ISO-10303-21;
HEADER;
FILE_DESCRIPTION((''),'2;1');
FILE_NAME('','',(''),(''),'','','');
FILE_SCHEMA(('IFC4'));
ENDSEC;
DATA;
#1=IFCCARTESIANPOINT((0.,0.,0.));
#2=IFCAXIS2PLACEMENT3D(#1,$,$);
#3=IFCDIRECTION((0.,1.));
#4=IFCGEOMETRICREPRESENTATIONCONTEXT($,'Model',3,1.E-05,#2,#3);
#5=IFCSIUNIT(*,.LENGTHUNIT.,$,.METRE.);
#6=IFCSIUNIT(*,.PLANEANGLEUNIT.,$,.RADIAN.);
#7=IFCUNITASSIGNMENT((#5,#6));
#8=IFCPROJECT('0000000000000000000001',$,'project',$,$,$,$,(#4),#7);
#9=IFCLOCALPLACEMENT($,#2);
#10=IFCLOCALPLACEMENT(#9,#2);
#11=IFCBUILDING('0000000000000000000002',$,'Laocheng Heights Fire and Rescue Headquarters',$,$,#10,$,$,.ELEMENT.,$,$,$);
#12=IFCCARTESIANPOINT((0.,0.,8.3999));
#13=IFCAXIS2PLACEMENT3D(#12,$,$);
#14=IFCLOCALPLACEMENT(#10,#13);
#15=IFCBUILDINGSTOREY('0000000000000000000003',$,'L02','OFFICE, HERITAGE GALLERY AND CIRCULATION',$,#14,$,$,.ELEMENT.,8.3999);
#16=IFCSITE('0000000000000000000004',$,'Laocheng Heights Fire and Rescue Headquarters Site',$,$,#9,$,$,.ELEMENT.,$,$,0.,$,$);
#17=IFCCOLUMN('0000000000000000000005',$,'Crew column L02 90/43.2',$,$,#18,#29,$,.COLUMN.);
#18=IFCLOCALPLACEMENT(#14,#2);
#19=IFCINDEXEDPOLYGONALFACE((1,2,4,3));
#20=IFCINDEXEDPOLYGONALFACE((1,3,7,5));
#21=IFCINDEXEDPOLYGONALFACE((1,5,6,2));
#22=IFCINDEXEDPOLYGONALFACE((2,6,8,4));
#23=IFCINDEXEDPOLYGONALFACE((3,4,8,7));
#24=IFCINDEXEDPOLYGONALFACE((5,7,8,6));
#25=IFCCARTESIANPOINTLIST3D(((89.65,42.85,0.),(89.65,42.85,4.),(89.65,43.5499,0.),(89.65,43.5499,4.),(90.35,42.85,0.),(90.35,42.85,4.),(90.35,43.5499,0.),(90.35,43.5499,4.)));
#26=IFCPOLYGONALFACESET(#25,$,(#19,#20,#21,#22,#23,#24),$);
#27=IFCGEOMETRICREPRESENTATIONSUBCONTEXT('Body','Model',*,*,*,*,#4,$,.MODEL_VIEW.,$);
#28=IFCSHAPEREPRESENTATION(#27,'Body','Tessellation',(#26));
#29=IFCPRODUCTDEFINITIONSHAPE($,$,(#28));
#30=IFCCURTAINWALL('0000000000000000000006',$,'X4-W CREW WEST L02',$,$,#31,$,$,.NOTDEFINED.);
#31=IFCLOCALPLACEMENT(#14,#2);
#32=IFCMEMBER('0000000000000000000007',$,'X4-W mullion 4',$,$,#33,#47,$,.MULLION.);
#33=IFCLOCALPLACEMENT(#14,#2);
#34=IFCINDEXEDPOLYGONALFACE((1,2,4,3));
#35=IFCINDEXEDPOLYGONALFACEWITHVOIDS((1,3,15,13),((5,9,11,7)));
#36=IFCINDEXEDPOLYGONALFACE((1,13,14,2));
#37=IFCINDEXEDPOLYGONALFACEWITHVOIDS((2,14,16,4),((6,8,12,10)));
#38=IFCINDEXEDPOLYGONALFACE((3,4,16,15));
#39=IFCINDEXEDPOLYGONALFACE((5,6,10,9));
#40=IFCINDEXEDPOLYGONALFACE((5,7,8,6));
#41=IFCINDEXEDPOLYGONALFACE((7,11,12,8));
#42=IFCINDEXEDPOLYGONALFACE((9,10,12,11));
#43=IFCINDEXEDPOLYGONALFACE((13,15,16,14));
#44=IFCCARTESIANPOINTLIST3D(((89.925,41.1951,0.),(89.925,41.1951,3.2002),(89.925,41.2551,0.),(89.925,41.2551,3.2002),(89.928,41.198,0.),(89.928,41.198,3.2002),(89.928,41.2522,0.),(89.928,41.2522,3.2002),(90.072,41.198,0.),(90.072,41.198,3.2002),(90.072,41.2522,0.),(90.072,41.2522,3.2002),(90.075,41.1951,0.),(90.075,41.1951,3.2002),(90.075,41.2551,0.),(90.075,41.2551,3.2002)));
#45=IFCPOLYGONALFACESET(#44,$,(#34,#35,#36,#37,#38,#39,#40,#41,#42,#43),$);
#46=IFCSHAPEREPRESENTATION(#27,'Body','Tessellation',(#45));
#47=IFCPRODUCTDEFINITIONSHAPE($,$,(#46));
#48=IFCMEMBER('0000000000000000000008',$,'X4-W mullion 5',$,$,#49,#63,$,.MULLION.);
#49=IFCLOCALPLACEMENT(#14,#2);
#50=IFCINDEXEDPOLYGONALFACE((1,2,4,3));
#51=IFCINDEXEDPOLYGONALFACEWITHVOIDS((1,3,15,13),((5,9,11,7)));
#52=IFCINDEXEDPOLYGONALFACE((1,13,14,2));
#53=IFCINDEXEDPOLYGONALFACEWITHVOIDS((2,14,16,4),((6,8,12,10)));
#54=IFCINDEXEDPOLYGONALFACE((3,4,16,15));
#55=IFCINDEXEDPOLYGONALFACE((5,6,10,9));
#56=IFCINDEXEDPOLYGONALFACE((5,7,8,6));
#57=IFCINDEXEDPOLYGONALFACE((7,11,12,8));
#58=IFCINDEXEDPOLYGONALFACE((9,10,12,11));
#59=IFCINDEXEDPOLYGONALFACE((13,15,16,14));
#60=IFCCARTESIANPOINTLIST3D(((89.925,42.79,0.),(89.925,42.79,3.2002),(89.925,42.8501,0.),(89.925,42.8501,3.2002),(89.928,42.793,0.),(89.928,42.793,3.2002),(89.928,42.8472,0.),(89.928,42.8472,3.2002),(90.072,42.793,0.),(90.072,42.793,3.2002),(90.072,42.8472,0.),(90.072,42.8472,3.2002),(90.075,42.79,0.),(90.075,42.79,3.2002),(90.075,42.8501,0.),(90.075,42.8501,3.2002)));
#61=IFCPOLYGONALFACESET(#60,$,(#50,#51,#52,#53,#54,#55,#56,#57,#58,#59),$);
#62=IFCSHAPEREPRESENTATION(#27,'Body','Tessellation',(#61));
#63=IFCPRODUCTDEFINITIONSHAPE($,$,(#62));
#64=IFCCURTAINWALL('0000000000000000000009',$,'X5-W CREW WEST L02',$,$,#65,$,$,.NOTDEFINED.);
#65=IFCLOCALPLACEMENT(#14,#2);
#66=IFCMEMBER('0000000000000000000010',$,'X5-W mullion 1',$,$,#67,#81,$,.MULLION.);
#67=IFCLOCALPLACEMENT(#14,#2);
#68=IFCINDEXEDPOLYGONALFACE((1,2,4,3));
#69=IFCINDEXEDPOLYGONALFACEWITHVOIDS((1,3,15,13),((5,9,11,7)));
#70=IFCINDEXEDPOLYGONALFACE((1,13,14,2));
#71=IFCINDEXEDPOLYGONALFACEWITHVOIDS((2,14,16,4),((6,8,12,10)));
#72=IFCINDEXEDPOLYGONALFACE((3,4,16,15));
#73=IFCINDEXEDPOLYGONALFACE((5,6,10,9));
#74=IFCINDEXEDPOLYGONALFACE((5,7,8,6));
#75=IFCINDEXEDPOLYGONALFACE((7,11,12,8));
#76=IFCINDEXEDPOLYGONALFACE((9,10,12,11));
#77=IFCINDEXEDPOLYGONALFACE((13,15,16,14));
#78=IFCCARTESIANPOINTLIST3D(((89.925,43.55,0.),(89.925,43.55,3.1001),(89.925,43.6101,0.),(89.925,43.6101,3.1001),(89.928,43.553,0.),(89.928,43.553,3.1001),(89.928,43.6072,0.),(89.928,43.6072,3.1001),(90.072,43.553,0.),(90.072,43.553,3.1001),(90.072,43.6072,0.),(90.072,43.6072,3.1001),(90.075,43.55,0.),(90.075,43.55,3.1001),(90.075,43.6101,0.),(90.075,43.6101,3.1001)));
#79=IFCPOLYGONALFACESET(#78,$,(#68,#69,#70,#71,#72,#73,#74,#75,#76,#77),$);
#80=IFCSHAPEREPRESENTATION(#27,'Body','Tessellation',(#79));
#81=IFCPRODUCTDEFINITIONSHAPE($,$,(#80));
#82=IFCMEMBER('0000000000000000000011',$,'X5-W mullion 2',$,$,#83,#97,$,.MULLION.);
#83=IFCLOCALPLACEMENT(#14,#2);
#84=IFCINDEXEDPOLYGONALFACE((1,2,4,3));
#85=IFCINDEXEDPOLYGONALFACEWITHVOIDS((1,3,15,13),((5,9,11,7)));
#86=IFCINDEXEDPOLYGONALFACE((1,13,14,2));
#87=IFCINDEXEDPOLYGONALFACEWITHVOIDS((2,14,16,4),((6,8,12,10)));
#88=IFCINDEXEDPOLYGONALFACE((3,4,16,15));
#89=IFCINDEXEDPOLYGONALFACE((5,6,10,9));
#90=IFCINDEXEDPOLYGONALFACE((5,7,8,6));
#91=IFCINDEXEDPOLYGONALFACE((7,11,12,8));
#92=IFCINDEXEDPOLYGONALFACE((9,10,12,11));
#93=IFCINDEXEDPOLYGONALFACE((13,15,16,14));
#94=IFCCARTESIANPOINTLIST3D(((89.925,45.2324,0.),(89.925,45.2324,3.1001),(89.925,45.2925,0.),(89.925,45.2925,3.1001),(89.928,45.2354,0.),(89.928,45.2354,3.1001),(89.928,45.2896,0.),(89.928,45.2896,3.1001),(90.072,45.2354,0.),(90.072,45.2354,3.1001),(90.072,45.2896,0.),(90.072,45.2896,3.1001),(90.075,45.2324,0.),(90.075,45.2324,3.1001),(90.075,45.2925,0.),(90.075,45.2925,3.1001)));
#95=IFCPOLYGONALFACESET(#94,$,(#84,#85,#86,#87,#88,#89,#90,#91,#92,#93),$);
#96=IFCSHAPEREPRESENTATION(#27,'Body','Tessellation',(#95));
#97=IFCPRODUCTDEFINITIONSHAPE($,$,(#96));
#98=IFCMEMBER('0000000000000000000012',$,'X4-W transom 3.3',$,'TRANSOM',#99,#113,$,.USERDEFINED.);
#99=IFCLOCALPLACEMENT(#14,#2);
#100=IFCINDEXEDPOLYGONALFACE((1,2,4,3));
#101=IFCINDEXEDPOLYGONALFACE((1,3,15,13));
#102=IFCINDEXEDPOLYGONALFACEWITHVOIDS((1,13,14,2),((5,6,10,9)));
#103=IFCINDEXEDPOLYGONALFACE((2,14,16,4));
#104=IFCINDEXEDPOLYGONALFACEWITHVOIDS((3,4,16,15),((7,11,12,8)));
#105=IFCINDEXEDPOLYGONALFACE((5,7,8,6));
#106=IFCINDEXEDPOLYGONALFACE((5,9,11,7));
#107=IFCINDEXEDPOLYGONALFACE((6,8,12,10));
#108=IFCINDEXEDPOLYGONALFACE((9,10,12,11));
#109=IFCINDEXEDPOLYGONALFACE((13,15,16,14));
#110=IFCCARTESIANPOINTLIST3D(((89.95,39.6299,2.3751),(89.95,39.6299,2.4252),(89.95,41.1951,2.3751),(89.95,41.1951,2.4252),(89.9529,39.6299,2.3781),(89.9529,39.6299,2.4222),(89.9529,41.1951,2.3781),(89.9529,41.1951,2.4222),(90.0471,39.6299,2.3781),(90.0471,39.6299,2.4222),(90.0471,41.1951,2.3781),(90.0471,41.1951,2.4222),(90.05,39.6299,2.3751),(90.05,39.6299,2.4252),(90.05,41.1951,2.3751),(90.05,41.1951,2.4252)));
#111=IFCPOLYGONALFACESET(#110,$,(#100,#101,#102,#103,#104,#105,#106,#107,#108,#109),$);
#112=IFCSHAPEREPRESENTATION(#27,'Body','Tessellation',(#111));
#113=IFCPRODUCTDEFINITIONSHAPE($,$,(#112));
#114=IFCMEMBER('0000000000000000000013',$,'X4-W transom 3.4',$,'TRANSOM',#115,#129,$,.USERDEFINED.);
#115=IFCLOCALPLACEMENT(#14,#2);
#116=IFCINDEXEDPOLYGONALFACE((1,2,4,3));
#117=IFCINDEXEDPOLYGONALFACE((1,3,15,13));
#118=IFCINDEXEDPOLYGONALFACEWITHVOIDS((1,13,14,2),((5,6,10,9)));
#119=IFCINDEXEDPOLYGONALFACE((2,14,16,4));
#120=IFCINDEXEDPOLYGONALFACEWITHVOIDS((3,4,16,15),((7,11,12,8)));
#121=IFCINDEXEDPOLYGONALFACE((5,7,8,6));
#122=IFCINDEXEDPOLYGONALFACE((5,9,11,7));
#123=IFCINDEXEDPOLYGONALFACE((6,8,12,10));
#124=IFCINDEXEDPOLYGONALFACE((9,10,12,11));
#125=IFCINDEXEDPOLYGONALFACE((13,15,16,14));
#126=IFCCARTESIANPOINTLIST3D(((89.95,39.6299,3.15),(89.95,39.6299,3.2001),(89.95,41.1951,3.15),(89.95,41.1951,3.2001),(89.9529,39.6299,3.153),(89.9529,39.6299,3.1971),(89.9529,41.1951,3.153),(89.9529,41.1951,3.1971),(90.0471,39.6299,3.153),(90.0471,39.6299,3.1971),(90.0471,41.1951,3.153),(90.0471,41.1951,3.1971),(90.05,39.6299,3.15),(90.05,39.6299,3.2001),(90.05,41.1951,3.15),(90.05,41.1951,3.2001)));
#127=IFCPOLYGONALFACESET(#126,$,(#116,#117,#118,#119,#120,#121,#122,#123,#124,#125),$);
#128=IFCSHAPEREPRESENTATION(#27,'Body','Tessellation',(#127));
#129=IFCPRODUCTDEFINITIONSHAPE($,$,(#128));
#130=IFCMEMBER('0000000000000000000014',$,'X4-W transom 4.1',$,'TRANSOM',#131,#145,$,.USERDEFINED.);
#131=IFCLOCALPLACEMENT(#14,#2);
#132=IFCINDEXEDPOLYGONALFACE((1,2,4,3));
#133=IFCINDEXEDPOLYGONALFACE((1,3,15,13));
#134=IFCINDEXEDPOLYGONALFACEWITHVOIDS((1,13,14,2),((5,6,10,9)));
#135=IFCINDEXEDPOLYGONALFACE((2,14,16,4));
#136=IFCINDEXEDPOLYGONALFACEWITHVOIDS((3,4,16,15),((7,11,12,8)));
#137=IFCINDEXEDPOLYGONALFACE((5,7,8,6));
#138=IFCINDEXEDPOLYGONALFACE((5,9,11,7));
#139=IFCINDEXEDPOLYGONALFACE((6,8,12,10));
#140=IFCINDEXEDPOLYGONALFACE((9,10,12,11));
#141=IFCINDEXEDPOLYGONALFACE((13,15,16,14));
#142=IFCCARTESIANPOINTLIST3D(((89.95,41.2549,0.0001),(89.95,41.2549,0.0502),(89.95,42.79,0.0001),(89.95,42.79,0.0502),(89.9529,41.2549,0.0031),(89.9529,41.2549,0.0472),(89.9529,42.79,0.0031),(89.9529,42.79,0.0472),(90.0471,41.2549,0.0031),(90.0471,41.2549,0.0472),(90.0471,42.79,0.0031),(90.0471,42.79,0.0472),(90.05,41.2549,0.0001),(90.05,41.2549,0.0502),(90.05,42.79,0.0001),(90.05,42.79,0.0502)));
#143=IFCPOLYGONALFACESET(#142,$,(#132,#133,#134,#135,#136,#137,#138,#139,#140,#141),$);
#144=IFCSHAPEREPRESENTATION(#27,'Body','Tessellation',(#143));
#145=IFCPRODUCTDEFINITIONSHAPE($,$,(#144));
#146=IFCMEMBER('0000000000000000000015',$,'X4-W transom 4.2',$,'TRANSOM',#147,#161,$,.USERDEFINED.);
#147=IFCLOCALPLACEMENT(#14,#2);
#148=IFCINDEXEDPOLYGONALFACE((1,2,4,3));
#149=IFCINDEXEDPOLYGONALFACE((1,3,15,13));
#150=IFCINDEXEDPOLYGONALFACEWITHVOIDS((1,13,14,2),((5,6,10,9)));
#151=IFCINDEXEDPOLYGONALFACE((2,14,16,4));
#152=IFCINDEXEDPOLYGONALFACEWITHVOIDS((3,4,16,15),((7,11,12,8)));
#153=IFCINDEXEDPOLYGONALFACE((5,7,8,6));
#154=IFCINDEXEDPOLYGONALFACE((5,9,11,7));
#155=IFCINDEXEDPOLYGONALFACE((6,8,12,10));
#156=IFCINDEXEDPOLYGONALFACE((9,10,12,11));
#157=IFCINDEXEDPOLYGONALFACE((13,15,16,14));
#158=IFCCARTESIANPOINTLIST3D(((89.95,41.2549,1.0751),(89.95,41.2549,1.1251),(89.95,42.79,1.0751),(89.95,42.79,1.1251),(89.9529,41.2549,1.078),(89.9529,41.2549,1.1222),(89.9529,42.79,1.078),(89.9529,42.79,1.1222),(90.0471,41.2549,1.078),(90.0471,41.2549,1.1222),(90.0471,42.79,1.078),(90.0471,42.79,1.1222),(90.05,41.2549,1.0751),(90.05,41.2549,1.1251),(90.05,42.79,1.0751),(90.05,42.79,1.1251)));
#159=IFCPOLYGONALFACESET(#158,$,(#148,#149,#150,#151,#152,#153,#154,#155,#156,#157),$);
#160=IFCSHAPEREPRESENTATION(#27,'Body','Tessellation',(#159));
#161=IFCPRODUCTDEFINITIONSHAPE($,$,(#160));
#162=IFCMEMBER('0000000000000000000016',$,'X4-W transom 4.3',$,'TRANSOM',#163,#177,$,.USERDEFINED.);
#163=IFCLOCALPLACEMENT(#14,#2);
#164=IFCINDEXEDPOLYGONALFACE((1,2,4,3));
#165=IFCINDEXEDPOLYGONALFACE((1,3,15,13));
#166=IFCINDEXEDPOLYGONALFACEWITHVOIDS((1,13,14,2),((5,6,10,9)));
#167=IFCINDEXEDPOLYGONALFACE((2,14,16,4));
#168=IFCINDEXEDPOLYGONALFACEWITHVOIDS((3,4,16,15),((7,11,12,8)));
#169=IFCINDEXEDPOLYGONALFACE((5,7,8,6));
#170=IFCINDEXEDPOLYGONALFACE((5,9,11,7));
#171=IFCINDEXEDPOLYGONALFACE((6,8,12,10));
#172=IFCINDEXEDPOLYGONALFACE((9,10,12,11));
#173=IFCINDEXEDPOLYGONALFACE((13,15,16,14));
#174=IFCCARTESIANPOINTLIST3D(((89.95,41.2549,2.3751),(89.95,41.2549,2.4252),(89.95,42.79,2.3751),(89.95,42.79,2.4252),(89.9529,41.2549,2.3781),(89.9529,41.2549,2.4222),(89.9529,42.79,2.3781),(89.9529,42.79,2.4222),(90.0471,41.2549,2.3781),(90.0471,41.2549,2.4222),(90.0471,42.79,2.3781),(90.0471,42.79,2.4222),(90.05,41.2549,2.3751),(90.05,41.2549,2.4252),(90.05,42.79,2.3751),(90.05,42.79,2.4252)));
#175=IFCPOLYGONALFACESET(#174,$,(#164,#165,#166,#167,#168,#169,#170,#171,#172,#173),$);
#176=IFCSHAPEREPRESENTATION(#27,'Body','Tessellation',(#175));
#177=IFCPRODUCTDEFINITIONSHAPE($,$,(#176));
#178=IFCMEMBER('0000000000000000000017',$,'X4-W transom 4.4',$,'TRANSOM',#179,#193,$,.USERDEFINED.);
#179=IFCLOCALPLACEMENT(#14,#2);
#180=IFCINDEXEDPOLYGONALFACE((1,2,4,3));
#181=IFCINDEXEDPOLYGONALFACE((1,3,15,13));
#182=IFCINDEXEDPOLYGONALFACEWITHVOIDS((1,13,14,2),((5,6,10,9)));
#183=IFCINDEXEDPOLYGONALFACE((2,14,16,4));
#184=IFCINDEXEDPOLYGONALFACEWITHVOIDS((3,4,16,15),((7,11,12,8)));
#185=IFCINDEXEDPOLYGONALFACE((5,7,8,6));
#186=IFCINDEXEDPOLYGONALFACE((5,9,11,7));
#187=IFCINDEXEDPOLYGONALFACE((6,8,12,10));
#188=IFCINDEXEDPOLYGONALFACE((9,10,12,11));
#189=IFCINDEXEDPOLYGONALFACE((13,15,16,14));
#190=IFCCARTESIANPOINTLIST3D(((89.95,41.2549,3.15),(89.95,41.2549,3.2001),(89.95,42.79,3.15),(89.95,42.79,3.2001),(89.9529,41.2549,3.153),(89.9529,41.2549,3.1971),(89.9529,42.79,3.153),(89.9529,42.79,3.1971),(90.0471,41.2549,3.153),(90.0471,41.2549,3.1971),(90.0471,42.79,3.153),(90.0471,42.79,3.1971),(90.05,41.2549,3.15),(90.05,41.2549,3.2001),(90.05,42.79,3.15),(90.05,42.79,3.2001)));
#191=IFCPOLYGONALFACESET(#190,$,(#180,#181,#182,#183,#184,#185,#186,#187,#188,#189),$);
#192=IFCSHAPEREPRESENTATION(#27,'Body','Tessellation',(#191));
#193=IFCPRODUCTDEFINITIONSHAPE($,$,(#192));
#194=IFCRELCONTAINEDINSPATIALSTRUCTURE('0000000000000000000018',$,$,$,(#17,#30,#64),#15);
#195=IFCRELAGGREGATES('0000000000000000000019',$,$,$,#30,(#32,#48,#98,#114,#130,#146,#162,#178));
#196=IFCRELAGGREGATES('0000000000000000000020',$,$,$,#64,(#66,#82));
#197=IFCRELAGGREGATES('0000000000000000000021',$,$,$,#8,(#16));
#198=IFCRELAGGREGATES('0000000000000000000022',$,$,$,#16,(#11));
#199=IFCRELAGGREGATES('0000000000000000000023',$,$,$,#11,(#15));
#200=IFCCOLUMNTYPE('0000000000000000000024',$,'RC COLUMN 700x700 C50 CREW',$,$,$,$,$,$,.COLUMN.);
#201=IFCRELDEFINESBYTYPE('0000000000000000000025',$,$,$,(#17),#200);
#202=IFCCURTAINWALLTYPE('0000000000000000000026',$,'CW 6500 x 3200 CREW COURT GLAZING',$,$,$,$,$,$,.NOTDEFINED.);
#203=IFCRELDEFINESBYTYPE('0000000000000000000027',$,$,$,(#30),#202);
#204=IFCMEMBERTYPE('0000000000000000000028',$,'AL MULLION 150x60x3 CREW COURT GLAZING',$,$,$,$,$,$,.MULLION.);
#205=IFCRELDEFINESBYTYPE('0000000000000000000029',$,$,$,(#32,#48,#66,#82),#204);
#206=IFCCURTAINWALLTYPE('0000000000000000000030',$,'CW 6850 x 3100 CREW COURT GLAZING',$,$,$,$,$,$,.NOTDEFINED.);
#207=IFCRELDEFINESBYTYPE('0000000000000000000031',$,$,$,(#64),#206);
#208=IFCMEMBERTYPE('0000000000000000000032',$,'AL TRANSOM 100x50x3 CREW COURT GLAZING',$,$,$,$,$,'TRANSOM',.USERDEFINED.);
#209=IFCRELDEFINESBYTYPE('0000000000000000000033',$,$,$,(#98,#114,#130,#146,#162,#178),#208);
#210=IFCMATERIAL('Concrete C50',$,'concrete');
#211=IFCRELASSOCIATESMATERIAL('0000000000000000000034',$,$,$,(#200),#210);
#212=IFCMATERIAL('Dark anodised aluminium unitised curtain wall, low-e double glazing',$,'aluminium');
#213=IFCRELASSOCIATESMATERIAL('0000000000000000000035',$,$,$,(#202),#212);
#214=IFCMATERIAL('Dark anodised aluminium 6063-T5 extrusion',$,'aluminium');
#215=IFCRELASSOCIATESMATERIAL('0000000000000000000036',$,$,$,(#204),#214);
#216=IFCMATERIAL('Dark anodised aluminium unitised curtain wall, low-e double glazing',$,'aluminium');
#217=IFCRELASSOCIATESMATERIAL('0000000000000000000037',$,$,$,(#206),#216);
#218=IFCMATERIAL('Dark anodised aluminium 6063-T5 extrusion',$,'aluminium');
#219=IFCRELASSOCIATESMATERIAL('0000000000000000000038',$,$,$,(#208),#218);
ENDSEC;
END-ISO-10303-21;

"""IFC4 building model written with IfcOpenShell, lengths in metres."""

from ifc_helpers import new_model, si_unit, direction, frame, origin, origin_2d, place, context, subcontext, project, spatial, rectangle, hollow_rectangle, extrude, material, material_profile, profile_set, type_object, element, aggregate, save


model = new_model("IFC4")

# Units and contexts
model_context = context("Model", 3, precision=1e-05, world=origin(), true_north=direction((0.0, 1.0)))
body_context = subcontext(model_context, "Body", "Model", "MODEL_VIEW")
ifc_project = project(units=[si_unit("LENGTHUNIT", "METRE"), si_unit("PLANEANGLEUNIT", "RADIAN")], contexts=[model_context])

# Site, building, storey
site_placement = place(None, origin())
site = spatial("IfcSite", under=ifc_project, at=site_placement, Name="Laocheng Heights Fire and Rescue Headquarters Site", CompositionType="ELEMENT", RefElevation=0.0)
building_placement = place(site_placement, origin())
building = spatial("IfcBuilding", under=site, at=building_placement, Name="Laocheng Heights Fire and Rescue Headquarters", CompositionType="ELEMENT")
storey_placement = place(building_placement, frame((0.0, 0.0, 8.3999)))
storey = spatial("IfcBuildingStorey", under=building, at=storey_placement, Name="L02", Description="OFFICE, HERITAGE GALLERY AND CIRCULATION", CompositionType="ELEMENT", Elevation=8.3999)

# Column
ifc_material_1 = material(Name="Concrete C50", Category="concrete")
ifc_material_profile_1 = material_profile(ifc_material_1, rectangle(XDim=0.7, YDim=0.7, at=origin_2d()), Name="RC COLUMN 700x700 C50 CREW")
ifc_profile_set_1 = profile_set([ifc_material_profile_1], Name="Concrete C50")
column_type = type_object("IfcColumnType", Name="RC COLUMN 700x700 C50 CREW", PredefinedType="COLUMN", material=ifc_profile_set_1)
column_placement = place(storey_placement, frame((90.0, 43.2, 0.0), z_axis=(0.0, 0.0, 1.0), x_axis=(1.0, 0.0, 0.0)))
element("IfcColumn", 1, at=column_placement, inside=storey, type_object=column_type, Name="Crew column L02 90/43.2", PredefinedType="COLUMN", context=body_context, shape_type="SweptSolid", body=[
    extrude(rectangle(XDim=0.7, YDim=0.7, at=origin_2d()), origin(), (0.0, 0.0, 1.0), 4.0),
])

# Curtain walls, members
ifc_material_2 = material(Name="Dark anodised aluminium unitised curtain wall, low-e double glazing", Category="aluminium")
curtain_wall_type_1 = type_object("IfcCurtainWallType", Name="CW 6500 x 3200 CREW COURT GLAZING", PredefinedType="NOTDEFINED", material=ifc_material_2)
curtain_wall_1_placement = place(storey_placement, origin())
curtain_wall_1 = element("IfcCurtainWall", 2, at=curtain_wall_1_placement, inside=storey, type_object=curtain_wall_type_1, Name="X4-W CREW WEST L02", PredefinedType="NOTDEFINED")
ifc_material_3 = material(Name="Dark anodised aluminium 6063-T5 extrusion", Category="aluminium")
ifc_material_profile_2 = material_profile(ifc_material_3, hollow_rectangle(XDim=0.1499, YDim=0.0601, WallThickness=0.0029, at=origin_2d()), Name="AL MULLION 150x60x3 CREW COURT GLAZING")
ifc_profile_set_2 = profile_set([ifc_material_profile_2], Name="Dark anodised aluminium 6063-T5 extrusion")
member_type_1 = type_object("IfcMemberType", Name="AL MULLION 150x60x3 CREW COURT GLAZING", PredefinedType="MULLION", material=ifc_profile_set_2)
member_1_placement = place(storey_placement, frame((90.0, 41.2251, 0.0), z_axis=(0.0, 0.0, 1.0), x_axis=(-1.0, 0.0, 0.0)))
member_1 = element("IfcMember", 3, at=member_1_placement, type_object=member_type_1, Name="X4-W mullion 4", PredefinedType="MULLION", context=body_context, shape_type="SweptSolid", body=[
    extrude(hollow_rectangle(XDim=0.1499, YDim=0.0601, WallThickness=0.0029, at=origin_2d()), origin(), (0.0, 0.0, 1.0), 3.2002),
])
member_2_placement = place(storey_placement, frame((90.0, 42.8201, 0.0), z_axis=(0.0, 0.0, 1.0), x_axis=(-1.0, 0.0, 0.0)))
member_2 = element("IfcMember", 4, at=member_2_placement, type_object=member_type_1, Name="X4-W mullion 5", PredefinedType="MULLION", context=body_context, shape_type="SweptSolid", body=[
    extrude(hollow_rectangle(XDim=0.1499, YDim=0.0601, WallThickness=0.0029, at=origin_2d()), origin(), (0.0, 0.0, 1.0), 3.2002),
])
ifc_material_4 = material(Name="Dark anodised aluminium unitised curtain wall, low-e double glazing", Category="aluminium")
curtain_wall_type_2 = type_object("IfcCurtainWallType", Name="CW 6850 x 3100 CREW COURT GLAZING", PredefinedType="NOTDEFINED", material=ifc_material_4)
curtain_wall_2_placement = place(storey_placement, origin())
curtain_wall_2 = element("IfcCurtainWall", 5, at=curtain_wall_2_placement, inside=storey, type_object=curtain_wall_type_2, Name="X5-W CREW WEST L02", PredefinedType="NOTDEFINED")
member_3_placement = place(storey_placement, frame((90.0, 43.5801, 0.0), z_axis=(0.0, 0.0, 1.0), x_axis=(-1.0, 0.0, 0.0)))
member_3 = element("IfcMember", 6, at=member_3_placement, type_object=member_type_1, Name="X5-W mullion 1", PredefinedType="MULLION", context=body_context, shape_type="SweptSolid", body=[
    extrude(hollow_rectangle(XDim=0.1499, YDim=0.0601, WallThickness=0.0029, at=origin_2d()), origin(), (0.0, 0.0, 1.0), 3.1001),
])
member_4_placement = place(storey_placement, frame((90.0, 45.2625, 0.0), z_axis=(0.0, 0.0, 1.0), x_axis=(-1.0, 0.0, 0.0)))
member_4 = element("IfcMember", 7, at=member_4_placement, type_object=member_type_1, Name="X5-W mullion 2", PredefinedType="MULLION", context=body_context, shape_type="SweptSolid", body=[
    extrude(hollow_rectangle(XDim=0.1499, YDim=0.0601, WallThickness=0.0029, at=origin_2d()), origin(), (0.0, 0.0, 1.0), 3.1001),
])

# Members
ifc_material_5 = material(Name="Dark anodised aluminium 6063-T5 extrusion", Category="aluminium")
ifc_material_profile_3 = material_profile(ifc_material_5, hollow_rectangle(XDim=0.1001, YDim=0.05, WallThickness=0.0029, at=origin_2d()), Name="AL TRANSOM 100x50x3 CREW COURT GLAZING")
ifc_profile_set_3 = profile_set([ifc_material_profile_3], Name="Dark anodised aluminium 6063-T5 extrusion")
member_type_2 = type_object("IfcMemberType", Name="AL TRANSOM 100x50x3 CREW COURT GLAZING", ElementType="TRANSOM", PredefinedType="USERDEFINED", material=ifc_profile_set_3)
member_5_placement = place(storey_placement, frame((90.0, 39.6299, 2.4001), z_axis=(0.0, 1.0, 0.0), x_axis=(-1.0, 0.0, 0.0)))
member_5 = element("IfcMember", 8, at=member_5_placement, type_object=member_type_2, Name="X4-W transom 3.3", ObjectType="TRANSOM", PredefinedType="USERDEFINED", context=body_context, shape_type="SweptSolid", body=[
    extrude(hollow_rectangle(XDim=0.1001, YDim=0.05, WallThickness=0.0029, at=origin_2d()), origin(), (0.0, 0.0, 1.0), 1.5652),
])
member_6_placement = place(storey_placement, frame((90.0, 39.6299, 3.175), z_axis=(0.0, 1.0, 0.0), x_axis=(-1.0, 0.0, 0.0)))
member_6 = element("IfcMember", 9, at=member_6_placement, type_object=member_type_2, Name="X4-W transom 3.4", ObjectType="TRANSOM", PredefinedType="USERDEFINED", context=body_context, shape_type="SweptSolid", body=[
    extrude(hollow_rectangle(XDim=0.1001, YDim=0.05, WallThickness=0.0029, at=origin_2d()), origin(), (0.0, 0.0, 1.0), 1.5652),
])
member_7_placement = place(storey_placement, frame((90.0, 41.2549, 0.0251), z_axis=(0.0, 1.0, 0.0), x_axis=(-1.0, 0.0, 0.0)))
member_7 = element("IfcMember", 10, at=member_7_placement, type_object=member_type_2, Name="X4-W transom 4.1", ObjectType="TRANSOM", PredefinedType="USERDEFINED", context=body_context, shape_type="SweptSolid", body=[
    extrude(hollow_rectangle(XDim=0.1001, YDim=0.05, WallThickness=0.0029, at=origin_2d()), origin(), (0.0, 0.0, 1.0), 1.5352),
])
member_8_placement = place(storey_placement, frame((90.0, 41.2549, 1.1001), z_axis=(0.0, 1.0, 0.0), x_axis=(-1.0, 0.0, 0.0)))
member_8 = element("IfcMember", 11, at=member_8_placement, type_object=member_type_2, Name="X4-W transom 4.2", ObjectType="TRANSOM", PredefinedType="USERDEFINED", context=body_context, shape_type="SweptSolid", body=[
    extrude(hollow_rectangle(XDim=0.1001, YDim=0.05, WallThickness=0.0029, at=origin_2d()), origin(), (0.0, 0.0, 1.0), 1.5352),
])
member_9_placement = place(storey_placement, frame((90.0, 41.2549, 2.4001), z_axis=(0.0, 1.0, 0.0), x_axis=(-1.0, 0.0, 0.0)))
member_9 = element("IfcMember", 12, at=member_9_placement, type_object=member_type_2, Name="X4-W transom 4.3", ObjectType="TRANSOM", PredefinedType="USERDEFINED", context=body_context, shape_type="SweptSolid", body=[
    extrude(hollow_rectangle(XDim=0.1001, YDim=0.05, WallThickness=0.0029, at=origin_2d()), origin(), (0.0, 0.0, 1.0), 1.5352),
])
member_10_placement = place(storey_placement, frame((90.0, 41.2549, 3.175), z_axis=(0.0, 1.0, 0.0), x_axis=(-1.0, 0.0, 0.0)))
member_10 = element("IfcMember", 13, at=member_10_placement, type_object=member_type_2, Name="X4-W transom 4.4", ObjectType="TRANSOM", PredefinedType="USERDEFINED", context=body_context, shape_type="SweptSolid", body=[
    extrude(hollow_rectangle(XDim=0.1001, YDim=0.05, WallThickness=0.0029, at=origin_2d()), origin(), (0.0, 0.0, 1.0), 1.5352),
])

aggregate(curtain_wall_1, [member_1, member_2, member_5, member_6, member_7, member_8, member_9, member_10])
aggregate(curtain_wall_2, [member_3, member_4])

save(model, "model.ifc")
